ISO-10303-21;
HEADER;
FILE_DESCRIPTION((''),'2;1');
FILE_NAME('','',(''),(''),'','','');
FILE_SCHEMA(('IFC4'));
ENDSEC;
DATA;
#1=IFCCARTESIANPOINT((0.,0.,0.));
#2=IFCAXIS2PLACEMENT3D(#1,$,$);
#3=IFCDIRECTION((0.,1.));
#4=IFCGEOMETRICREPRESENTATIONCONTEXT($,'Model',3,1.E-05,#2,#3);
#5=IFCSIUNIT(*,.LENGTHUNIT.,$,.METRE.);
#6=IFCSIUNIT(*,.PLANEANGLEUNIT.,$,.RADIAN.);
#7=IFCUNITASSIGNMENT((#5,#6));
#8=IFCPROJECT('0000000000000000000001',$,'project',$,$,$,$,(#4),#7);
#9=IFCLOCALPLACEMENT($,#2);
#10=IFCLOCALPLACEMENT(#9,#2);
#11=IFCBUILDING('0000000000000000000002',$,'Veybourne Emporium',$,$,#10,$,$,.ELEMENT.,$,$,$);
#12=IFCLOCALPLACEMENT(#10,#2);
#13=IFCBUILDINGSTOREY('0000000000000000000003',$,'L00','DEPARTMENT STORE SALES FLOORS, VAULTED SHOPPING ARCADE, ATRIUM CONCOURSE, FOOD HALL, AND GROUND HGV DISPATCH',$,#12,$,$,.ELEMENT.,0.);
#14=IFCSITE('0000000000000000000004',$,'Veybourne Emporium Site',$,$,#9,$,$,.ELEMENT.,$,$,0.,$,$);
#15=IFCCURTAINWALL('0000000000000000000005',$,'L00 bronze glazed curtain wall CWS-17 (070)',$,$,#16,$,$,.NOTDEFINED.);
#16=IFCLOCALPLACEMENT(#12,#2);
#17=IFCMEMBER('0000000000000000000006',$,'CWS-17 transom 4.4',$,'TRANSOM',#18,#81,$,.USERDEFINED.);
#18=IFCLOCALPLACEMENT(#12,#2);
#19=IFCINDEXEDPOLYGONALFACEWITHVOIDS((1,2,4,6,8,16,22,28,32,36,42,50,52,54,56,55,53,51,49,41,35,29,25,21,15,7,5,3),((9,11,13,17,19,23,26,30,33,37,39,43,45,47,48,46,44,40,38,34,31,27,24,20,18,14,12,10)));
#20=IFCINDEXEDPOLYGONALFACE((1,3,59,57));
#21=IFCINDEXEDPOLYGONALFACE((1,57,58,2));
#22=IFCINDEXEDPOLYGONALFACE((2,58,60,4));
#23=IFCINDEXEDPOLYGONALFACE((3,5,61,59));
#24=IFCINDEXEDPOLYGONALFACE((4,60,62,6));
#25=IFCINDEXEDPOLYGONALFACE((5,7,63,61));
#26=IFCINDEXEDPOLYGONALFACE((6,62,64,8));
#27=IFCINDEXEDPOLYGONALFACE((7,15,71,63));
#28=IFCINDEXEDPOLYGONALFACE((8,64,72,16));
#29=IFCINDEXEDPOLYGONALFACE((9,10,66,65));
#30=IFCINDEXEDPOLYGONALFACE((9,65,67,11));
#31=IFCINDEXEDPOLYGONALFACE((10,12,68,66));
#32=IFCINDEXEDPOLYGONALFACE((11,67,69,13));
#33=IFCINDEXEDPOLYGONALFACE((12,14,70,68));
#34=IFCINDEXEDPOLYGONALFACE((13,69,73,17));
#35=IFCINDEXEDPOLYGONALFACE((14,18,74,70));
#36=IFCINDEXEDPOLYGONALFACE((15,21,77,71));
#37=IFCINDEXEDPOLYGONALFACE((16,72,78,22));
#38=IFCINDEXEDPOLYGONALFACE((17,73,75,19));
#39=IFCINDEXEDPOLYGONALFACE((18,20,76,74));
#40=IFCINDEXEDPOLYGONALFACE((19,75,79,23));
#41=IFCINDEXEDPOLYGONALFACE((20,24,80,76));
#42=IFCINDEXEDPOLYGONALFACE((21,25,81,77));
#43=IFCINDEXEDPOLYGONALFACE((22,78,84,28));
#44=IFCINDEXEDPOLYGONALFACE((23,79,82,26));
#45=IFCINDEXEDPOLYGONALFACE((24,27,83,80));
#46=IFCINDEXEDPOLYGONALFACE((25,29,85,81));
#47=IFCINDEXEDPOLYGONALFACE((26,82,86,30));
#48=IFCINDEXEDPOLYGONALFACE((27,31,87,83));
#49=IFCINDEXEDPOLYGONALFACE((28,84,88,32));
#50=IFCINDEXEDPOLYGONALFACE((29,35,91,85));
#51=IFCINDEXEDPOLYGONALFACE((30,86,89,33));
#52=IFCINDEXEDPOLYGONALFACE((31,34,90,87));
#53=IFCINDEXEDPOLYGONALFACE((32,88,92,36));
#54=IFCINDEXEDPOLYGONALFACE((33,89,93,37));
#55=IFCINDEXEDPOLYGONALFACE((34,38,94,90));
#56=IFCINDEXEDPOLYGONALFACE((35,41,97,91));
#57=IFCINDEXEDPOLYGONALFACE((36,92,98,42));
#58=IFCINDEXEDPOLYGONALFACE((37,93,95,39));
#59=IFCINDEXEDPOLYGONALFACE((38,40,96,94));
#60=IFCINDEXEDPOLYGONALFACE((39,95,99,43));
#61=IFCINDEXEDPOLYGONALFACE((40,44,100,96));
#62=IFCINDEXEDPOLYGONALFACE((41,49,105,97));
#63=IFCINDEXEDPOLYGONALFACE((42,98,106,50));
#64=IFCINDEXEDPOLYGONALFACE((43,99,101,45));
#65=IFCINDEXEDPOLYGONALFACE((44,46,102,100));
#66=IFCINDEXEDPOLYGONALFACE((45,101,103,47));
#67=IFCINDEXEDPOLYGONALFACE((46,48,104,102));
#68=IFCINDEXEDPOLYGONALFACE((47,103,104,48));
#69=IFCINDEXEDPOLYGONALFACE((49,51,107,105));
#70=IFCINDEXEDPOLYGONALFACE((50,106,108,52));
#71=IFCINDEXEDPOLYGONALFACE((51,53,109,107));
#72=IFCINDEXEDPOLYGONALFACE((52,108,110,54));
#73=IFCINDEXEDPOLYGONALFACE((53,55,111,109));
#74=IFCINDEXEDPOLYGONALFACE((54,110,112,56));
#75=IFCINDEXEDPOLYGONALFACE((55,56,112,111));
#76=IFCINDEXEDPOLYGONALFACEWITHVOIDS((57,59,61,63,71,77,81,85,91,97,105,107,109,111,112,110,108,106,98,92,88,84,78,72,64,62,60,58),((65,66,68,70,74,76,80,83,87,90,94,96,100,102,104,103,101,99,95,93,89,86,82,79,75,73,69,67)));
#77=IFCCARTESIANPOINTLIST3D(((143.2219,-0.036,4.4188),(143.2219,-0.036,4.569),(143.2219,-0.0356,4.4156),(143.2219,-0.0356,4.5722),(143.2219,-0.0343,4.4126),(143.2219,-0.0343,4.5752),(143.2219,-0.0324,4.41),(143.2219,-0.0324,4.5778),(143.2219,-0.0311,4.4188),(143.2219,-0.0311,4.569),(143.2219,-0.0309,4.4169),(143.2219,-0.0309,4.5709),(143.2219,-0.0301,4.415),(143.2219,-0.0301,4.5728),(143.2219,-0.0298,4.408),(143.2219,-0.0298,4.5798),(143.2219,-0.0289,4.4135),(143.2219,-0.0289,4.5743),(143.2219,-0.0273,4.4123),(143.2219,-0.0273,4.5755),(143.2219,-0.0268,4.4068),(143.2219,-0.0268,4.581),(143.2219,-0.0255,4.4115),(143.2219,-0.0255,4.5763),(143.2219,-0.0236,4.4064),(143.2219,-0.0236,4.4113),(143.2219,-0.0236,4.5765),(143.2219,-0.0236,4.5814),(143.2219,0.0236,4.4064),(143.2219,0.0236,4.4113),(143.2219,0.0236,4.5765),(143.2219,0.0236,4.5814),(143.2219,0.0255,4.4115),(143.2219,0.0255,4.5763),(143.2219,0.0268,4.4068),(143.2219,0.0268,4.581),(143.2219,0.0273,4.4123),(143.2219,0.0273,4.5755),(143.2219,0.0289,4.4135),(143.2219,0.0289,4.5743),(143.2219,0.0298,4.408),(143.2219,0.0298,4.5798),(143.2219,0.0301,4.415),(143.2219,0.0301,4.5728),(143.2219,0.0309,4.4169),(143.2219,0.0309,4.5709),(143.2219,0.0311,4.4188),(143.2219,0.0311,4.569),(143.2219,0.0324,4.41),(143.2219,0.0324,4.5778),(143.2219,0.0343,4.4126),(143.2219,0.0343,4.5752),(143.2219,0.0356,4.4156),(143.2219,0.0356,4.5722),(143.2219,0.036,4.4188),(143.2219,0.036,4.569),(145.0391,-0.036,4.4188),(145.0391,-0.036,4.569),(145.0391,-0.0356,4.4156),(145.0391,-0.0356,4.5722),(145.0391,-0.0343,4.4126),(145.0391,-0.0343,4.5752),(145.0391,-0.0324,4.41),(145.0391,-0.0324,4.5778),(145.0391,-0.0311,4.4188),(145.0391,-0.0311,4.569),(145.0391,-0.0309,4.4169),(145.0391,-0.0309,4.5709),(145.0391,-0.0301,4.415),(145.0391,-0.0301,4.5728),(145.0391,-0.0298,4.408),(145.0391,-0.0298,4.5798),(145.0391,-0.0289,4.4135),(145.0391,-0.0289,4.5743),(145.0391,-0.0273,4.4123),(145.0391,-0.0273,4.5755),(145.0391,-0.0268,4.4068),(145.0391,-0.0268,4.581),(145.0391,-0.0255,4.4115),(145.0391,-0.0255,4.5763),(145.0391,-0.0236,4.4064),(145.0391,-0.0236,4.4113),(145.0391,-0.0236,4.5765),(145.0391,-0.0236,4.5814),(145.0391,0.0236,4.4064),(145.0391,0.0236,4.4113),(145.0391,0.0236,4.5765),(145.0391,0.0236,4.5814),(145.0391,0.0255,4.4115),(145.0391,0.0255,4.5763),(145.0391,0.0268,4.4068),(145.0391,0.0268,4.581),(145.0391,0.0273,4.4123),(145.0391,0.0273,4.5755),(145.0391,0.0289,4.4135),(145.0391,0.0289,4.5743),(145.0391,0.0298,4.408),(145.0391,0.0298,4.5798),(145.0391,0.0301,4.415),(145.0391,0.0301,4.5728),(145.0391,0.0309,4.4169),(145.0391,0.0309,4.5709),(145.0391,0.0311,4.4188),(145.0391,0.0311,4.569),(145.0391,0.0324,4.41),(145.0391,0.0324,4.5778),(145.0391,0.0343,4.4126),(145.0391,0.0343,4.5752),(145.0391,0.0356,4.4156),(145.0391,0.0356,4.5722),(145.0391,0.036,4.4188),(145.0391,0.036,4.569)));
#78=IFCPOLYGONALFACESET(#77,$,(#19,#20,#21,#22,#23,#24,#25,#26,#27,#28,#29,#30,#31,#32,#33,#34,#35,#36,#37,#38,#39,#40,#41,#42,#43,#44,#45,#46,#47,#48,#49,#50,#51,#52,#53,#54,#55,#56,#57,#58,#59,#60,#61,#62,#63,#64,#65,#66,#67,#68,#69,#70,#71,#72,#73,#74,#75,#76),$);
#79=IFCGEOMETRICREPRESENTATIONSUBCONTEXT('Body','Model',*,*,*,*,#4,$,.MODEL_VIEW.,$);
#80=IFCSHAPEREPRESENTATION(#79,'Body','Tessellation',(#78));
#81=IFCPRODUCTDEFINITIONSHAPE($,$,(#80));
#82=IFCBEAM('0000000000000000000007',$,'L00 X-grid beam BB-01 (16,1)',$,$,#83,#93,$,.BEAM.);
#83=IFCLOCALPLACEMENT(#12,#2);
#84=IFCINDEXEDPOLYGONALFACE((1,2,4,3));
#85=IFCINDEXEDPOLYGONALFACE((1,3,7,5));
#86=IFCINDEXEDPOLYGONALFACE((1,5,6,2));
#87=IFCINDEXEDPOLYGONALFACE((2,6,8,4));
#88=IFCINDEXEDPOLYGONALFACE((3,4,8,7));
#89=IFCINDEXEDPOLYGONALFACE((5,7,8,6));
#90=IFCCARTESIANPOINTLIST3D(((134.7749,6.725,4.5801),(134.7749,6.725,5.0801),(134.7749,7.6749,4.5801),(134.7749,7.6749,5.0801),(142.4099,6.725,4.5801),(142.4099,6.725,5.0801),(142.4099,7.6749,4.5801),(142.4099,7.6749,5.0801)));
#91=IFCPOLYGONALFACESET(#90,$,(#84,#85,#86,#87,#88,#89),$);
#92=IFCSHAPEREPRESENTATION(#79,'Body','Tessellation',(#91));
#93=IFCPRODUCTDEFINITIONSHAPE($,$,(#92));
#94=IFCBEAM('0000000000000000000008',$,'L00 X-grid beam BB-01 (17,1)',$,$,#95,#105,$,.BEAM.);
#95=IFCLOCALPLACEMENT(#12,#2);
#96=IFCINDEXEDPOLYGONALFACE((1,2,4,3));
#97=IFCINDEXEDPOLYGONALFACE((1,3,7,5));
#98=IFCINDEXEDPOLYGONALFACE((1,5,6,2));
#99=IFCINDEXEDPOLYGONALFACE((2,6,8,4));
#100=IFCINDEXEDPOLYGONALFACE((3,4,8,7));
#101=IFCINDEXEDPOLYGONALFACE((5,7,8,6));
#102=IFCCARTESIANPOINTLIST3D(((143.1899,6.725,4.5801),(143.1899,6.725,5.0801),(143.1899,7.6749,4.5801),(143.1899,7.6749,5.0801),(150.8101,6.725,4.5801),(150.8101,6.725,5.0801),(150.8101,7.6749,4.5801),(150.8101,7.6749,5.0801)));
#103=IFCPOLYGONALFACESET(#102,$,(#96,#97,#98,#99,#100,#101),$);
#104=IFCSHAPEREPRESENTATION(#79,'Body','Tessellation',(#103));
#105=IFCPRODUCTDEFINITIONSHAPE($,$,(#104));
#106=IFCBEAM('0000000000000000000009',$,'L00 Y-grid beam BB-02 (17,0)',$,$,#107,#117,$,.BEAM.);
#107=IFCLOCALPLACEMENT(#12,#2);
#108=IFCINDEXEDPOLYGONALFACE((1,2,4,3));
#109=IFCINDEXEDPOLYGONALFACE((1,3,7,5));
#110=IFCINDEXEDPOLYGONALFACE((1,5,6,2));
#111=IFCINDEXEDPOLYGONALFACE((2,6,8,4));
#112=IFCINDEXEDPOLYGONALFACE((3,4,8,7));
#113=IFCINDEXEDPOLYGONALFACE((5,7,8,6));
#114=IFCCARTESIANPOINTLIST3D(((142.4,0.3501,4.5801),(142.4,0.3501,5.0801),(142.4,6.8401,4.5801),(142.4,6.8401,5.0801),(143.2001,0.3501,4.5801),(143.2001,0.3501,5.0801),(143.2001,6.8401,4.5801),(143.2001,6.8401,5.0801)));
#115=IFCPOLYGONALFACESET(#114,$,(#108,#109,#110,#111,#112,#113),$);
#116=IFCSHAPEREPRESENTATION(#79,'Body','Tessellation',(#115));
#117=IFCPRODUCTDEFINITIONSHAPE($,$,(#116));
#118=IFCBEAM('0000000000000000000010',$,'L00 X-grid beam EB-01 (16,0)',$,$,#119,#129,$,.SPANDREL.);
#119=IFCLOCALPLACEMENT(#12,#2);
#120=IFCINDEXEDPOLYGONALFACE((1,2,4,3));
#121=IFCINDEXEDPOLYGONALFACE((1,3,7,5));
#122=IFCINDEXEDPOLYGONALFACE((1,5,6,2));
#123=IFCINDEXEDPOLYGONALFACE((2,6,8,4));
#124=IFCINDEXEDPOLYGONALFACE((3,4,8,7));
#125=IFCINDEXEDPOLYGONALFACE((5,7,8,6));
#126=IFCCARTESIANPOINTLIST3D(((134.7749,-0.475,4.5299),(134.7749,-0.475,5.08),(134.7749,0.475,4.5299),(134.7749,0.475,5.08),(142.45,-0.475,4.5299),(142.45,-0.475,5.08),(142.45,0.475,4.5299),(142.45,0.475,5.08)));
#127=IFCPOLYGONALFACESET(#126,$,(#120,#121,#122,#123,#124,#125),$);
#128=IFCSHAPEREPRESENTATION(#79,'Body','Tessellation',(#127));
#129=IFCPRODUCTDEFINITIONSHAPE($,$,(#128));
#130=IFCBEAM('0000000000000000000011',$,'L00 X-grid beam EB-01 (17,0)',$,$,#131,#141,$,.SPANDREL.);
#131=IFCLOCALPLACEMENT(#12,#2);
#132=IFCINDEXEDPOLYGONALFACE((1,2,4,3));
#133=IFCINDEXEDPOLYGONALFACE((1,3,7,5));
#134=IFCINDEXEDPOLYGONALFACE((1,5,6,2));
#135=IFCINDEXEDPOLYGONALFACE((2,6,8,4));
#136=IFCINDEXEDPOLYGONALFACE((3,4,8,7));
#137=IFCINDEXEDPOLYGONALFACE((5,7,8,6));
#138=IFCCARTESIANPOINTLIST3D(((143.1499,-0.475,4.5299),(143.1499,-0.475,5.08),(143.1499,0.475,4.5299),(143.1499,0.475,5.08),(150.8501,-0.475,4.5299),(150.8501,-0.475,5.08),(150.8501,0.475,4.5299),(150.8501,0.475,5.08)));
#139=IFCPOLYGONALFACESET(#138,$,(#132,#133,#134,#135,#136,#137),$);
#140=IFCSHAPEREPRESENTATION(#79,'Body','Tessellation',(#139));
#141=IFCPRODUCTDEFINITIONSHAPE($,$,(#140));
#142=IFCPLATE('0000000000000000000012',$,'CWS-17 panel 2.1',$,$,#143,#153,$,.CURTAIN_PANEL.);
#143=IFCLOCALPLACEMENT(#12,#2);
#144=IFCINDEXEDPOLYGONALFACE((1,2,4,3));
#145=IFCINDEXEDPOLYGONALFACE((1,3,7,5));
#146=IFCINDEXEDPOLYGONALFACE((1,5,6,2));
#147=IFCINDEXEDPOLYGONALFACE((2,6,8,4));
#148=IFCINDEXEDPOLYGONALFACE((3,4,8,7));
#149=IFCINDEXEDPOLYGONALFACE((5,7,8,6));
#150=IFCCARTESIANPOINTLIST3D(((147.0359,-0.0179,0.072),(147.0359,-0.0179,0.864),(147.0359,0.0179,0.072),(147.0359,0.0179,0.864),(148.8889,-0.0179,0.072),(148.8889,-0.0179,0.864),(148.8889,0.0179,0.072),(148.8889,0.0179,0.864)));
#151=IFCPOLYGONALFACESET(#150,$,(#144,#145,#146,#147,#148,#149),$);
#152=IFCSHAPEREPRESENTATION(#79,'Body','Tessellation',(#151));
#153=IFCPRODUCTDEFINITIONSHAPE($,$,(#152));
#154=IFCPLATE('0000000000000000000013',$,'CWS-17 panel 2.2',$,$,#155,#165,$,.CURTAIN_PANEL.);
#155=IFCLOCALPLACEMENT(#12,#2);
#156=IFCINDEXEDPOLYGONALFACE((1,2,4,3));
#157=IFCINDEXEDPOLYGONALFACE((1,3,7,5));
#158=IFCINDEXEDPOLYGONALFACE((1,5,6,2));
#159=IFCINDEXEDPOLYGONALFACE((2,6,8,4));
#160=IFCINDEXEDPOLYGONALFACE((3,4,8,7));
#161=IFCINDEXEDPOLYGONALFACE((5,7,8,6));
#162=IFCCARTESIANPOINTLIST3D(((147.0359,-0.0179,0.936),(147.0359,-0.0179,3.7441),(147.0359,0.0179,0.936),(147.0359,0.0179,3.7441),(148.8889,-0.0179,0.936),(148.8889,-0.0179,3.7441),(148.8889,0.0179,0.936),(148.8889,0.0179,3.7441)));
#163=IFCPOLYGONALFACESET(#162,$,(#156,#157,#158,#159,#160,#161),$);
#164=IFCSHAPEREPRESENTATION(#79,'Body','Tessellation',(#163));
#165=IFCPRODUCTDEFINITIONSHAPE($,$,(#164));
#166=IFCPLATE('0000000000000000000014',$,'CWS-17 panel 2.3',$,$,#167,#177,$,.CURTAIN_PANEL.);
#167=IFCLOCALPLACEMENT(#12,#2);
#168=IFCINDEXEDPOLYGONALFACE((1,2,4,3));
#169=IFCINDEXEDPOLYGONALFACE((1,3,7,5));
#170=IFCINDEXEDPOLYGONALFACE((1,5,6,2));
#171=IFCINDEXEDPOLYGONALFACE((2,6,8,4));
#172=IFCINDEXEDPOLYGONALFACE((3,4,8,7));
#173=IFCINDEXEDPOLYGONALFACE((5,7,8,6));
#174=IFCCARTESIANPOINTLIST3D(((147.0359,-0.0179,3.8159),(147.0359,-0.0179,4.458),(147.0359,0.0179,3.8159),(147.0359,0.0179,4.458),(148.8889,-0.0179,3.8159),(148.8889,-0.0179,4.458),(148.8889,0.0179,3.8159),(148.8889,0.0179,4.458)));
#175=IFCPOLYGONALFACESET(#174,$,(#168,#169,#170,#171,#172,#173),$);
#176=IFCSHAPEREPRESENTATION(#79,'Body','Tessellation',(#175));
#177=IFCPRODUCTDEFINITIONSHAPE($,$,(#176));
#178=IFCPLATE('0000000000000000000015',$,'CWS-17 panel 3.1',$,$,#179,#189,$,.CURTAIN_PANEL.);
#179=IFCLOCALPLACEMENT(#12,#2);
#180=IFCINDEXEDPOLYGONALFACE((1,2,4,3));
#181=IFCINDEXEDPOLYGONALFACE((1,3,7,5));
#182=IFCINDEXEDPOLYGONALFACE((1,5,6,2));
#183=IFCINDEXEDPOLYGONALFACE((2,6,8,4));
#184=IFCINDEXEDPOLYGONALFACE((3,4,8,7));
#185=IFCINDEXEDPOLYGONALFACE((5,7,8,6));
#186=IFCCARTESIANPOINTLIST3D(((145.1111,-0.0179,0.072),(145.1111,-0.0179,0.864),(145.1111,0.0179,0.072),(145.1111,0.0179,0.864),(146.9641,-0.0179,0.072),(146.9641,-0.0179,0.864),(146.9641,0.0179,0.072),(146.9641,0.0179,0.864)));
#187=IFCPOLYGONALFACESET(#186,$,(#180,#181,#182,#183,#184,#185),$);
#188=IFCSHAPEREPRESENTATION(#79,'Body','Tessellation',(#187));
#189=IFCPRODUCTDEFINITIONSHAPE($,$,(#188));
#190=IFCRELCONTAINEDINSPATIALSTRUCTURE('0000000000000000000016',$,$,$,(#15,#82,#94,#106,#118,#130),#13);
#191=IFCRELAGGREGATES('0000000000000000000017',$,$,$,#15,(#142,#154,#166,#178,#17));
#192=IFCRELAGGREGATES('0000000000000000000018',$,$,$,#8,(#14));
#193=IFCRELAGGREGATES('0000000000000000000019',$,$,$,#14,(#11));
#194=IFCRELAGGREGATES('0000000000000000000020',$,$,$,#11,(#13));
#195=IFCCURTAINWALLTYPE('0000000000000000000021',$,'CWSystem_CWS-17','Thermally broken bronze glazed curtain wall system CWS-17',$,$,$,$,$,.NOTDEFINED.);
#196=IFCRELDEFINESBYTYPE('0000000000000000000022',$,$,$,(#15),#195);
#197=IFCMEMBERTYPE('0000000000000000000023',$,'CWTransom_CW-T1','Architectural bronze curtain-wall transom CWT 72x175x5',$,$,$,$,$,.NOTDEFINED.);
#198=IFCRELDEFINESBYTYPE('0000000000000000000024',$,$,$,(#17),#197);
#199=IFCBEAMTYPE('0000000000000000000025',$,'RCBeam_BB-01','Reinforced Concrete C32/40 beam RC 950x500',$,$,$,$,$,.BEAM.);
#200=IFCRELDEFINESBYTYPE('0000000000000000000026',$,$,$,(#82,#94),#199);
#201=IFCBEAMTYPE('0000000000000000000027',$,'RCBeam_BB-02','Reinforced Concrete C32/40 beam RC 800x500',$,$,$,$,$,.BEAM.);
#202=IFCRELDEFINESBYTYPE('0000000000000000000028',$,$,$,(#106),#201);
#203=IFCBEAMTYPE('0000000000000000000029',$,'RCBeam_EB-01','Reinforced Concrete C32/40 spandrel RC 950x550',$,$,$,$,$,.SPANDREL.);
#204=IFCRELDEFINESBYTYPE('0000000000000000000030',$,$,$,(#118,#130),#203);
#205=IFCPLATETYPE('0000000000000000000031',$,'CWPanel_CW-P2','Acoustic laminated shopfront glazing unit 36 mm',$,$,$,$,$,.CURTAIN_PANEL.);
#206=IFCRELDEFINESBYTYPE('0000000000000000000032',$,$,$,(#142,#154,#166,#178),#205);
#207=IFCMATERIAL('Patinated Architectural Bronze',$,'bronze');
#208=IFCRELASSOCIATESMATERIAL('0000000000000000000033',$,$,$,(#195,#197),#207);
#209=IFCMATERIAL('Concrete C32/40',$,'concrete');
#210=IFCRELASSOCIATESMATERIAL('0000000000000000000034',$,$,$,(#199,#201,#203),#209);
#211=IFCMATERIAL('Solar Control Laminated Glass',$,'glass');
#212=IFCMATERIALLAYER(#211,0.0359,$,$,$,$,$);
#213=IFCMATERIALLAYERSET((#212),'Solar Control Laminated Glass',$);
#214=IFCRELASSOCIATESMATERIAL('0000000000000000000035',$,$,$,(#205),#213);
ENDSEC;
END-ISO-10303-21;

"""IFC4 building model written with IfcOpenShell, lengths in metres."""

from ifc_helpers import new_model, si_unit, direction, frame, origin, origin_2d, place, context, subcontext, project, spatial, rectangle, hollow_rectangle, extrude, material, layer, layer_set, material_profile, profile_set, type_object, element, aggregate, save


model = new_model("IFC4")

# Units and contexts
model_context = context("Model", 3, precision=1e-05, world=origin(), true_north=direction((0.0, 1.0)))
body_context = subcontext(model_context, "Body", "Model", "MODEL_VIEW")
ifc_project = project(units=[si_unit("LENGTHUNIT", "METRE"), si_unit("PLANEANGLEUNIT", "RADIAN")], contexts=[model_context])

# Site, building, storey
site_placement = place(None, origin())
site = spatial("IfcSite", under=ifc_project, at=site_placement, Name="Veybourne Emporium Site", CompositionType="ELEMENT", RefElevation=0.0)
building_placement = place(site_placement, origin())
building = spatial("IfcBuilding", under=site, at=building_placement, Name="Veybourne Emporium", CompositionType="ELEMENT")
storey_placement = place(building_placement, origin())
storey = spatial("IfcBuildingStorey", under=building, at=storey_placement, Name="L00", Description="DEPARTMENT STORE SALES FLOORS, VAULTED SHOPPING ARCADE, ATRIUM CONCOURSE, FOOD HALL, AND GROUND HGV DISPATCH", CompositionType="ELEMENT", Elevation=0.0)

# Curtain wall, member
ifc_material_1 = material(Name="Patinated Architectural Bronze", Category="bronze")
curtain_wall_type = type_object("IfcCurtainWallType", Name="CWSystem_CWS-17", Description="Thermally broken bronze glazed curtain wall system CWS-17", PredefinedType="NOTDEFINED", material=ifc_material_1)
curtain_wall_placement = place(storey_placement, origin())
curtain_wall = element("IfcCurtainWall", 1, at=curtain_wall_placement, inside=storey, type_object=curtain_wall_type, Name="L00 bronze glazed curtain wall CWS-17 (070)", PredefinedType="NOTDEFINED")
ifc_material_profile_1 = material_profile(ifc_material_1, hollow_rectangle(XDim=0.072, YDim=0.175, WallThickness=0.0049, InnerFilletRadius=0.0076, OuterFilletRadius=0.0125, at=origin_2d()), Name="CWT 72x175x5")
ifc_profile_set_1 = profile_set([ifc_material_profile_1], Name="Patinated Architectural Bronze")
member_type_1 = type_object("IfcMemberType", Name="CWTransom_CW-T1", Description="Architectural bronze curtain-wall transom CWT 72x175x5", PredefinedType="NOTDEFINED", material=ifc_profile_set_1)
member_1_placement = place(storey_placement, frame((145.0391, 0.0, 4.4939), z_axis=(-1.0, 0.0, 0.0), x_axis=(0.0, -1.0, 0.0)))
member_1 = element("IfcMember", 2, at=member_1_placement, type_object=member_type_1, Name="CWS-17 transom 4.4", ObjectType="TRANSOM", PredefinedType="USERDEFINED", context=body_context, shape_type="SweptSolid", body=[
    extrude(hollow_rectangle(XDim=0.072, YDim=0.175, WallThickness=0.0049, InnerFilletRadius=0.0076, OuterFilletRadius=0.0125, at=origin_2d()), origin(), (0.0, 0.0, 1.0), 1.8171),
])

# Beams
ifc_material_2 = material(Name="Concrete C32/40", Category="concrete")
ifc_material_profile_2 = material_profile(ifc_material_2, rectangle(XDim=0.95, YDim=0.5, at=origin_2d()), Name="RC 950x500")
ifc_profile_set_2 = profile_set([ifc_material_profile_2], Name="Concrete C32/40")
beam_type_1 = type_object("IfcBeamType", Name="RCBeam_BB-01", Description="Reinforced Concrete C32/40 beam RC 950x500", PredefinedType="BEAM", material=ifc_profile_set_2)
beam_1_placement = place(storey_placement, frame((134.7749, 7.2, 4.8301), z_axis=(1.0, 0.0, 0.0), x_axis=(0.0, 1.0, 0.0)))
element("IfcBeam", 3, at=beam_1_placement, inside=storey, type_object=beam_type_1, Name="L00 X-grid beam BB-01 (16,1)", PredefinedType="BEAM", context=body_context, shape_type="SweptSolid", body=[
    extrude(rectangle(XDim=0.95, YDim=0.5, at=origin_2d()), origin(), (0.0, 0.0, 1.0), 7.635),
])
beam_2_placement = place(storey_placement, frame((143.1899, 7.2, 4.8301), z_axis=(1.0, 0.0, 0.0), x_axis=(0.0, 1.0, 0.0)))
element("IfcBeam", 4, at=beam_2_placement, inside=storey, type_object=beam_type_1, Name="L00 X-grid beam BB-01 (17,1)", PredefinedType="BEAM", context=body_context, shape_type="SweptSolid", body=[
    extrude(rectangle(XDim=0.95, YDim=0.5, at=origin_2d()), origin(), (0.0, 0.0, 1.0), 7.6201),
])
ifc_material_profile_3 = material_profile(ifc_material_2, rectangle(XDim=0.8, YDim=0.5, at=origin_2d()), Name="RC 800x500")
ifc_profile_set_3 = profile_set([ifc_material_profile_3], Name="Concrete C32/40")
beam_type_2 = type_object("IfcBeamType", Name="RCBeam_BB-02", Description="Reinforced Concrete C32/40 beam RC 800x500", PredefinedType="BEAM", material=ifc_profile_set_3)
beam_3_placement = place(storey_placement, frame((142.8, 0.3501, 4.8301), z_axis=(0.0, 1.0, 0.0), x_axis=(-1.0, 0.0, 0.0)))
element("IfcBeam", 5, at=beam_3_placement, inside=storey, type_object=beam_type_2, Name="L00 Y-grid beam BB-02 (17,0)", PredefinedType="BEAM", context=body_context, shape_type="SweptSolid", body=[
    extrude(rectangle(XDim=0.8, YDim=0.5, at=origin_2d()), origin(), (0.0, 0.0, 1.0), 6.49),
])
ifc_material_profile_4 = material_profile(ifc_material_2, rectangle(XDim=0.95, YDim=0.55, at=origin_2d()), Name="RC 950x550")
ifc_profile_set_4 = profile_set([ifc_material_profile_4], Name="Concrete C32/40")
beam_type_3 = type_object("IfcBeamType", Name="RCBeam_EB-01", Description="Reinforced Concrete C32/40 spandrel RC 950x550", PredefinedType="SPANDREL", material=ifc_profile_set_4)
beam_4_placement = place(storey_placement, frame((134.7749, 0.0, 4.8049), z_axis=(1.0, 0.0, 0.0), x_axis=(0.0, 1.0, 0.0)))
element("IfcBeam", 6, at=beam_4_placement, inside=storey, type_object=beam_type_3, Name="L00 X-grid beam EB-01 (16,0)", PredefinedType="SPANDREL", context=body_context, shape_type="SweptSolid", body=[
    extrude(rectangle(XDim=0.95, YDim=0.55, at=origin_2d()), origin(), (0.0, 0.0, 1.0), 7.675),
])
beam_5_placement = place(storey_placement, frame((143.1499, 0.0, 4.8049), z_axis=(1.0, 0.0, 0.0), x_axis=(0.0, 1.0, 0.0)))
element("IfcBeam", 7, at=beam_5_placement, inside=storey, type_object=beam_type_3, Name="L00 X-grid beam EB-01 (17,0)", PredefinedType="SPANDREL", context=body_context, shape_type="SweptSolid", body=[
    extrude(rectangle(XDim=0.95, YDim=0.55, at=origin_2d()), origin(), (0.0, 0.0, 1.0), 7.7002),
])

# Plates
ifc_material_3 = material(Name="Solar Control Laminated Glass", Category="glass")
ifc_layer_1 = layer(ifc_material_3, 0.0359)
ifc_layer_set_1 = layer_set([ifc_layer_1], Name="Solar Control Laminated Glass")
plate_type = type_object("IfcPlateType", Name="CWPanel_CW-P2", Description="Acoustic laminated shopfront glazing unit 36 mm", PredefinedType="CURTAIN_PANEL", material=ifc_layer_set_1)
plate_1_placement = place(storey_placement, frame((147.9624, 0.0, 0.072), z_axis=(0.0, 0.0, 1.0), x_axis=(-1.0, 0.0, 0.0)))
plate_1 = element("IfcPlate", 8, at=plate_1_placement, type_object=plate_type, Name="CWS-17 panel 2.1", PredefinedType="CURTAIN_PANEL", context=body_context, shape_type="SweptSolid", body=[
    extrude(rectangle(XDim=1.853, YDim=0.0359, at=origin_2d()), origin(), (0.0, 0.0, 1.0), 0.792),
])
plate_2_placement = place(storey_placement, frame((147.9624, 0.0, 0.936), z_axis=(0.0, 0.0, 1.0), x_axis=(-1.0, 0.0, 0.0)))
plate_2 = element("IfcPlate", 9, at=plate_2_placement, type_object=plate_type, Name="CWS-17 panel 2.2", PredefinedType="CURTAIN_PANEL", context=body_context, shape_type="SweptSolid", body=[
    extrude(rectangle(XDim=1.853, YDim=0.0359, at=origin_2d()), origin(), (0.0, 0.0, 1.0), 2.8081),
])
plate_3_placement = place(storey_placement, frame((147.9624, 0.0, 3.8159), z_axis=(0.0, 0.0, 1.0), x_axis=(-1.0, 0.0, 0.0)))
plate_3 = element("IfcPlate", 10, at=plate_3_placement, type_object=plate_type, Name="CWS-17 panel 2.3", PredefinedType="CURTAIN_PANEL", context=body_context, shape_type="SweptSolid", body=[
    extrude(rectangle(XDim=1.853, YDim=0.0359, at=origin_2d()), origin(), (0.0, 0.0, 1.0), 0.6421),
])
plate_4_placement = place(storey_placement, frame((146.0376, 0.0, 0.072), z_axis=(0.0, 0.0, 1.0), x_axis=(-1.0, 0.0, 0.0)))
plate_4 = element("IfcPlate", 11, at=plate_4_placement, type_object=plate_type, Name="CWS-17 panel 3.1", PredefinedType="CURTAIN_PANEL", context=body_context, shape_type="SweptSolid", body=[
    extrude(rectangle(XDim=1.853, YDim=0.0359, at=origin_2d()), origin(), (0.0, 0.0, 1.0), 0.792),
])
aggregate(curtain_wall, [plate_1, plate_2, plate_3, plate_4, member_1])

save(model, "model.ifc")
